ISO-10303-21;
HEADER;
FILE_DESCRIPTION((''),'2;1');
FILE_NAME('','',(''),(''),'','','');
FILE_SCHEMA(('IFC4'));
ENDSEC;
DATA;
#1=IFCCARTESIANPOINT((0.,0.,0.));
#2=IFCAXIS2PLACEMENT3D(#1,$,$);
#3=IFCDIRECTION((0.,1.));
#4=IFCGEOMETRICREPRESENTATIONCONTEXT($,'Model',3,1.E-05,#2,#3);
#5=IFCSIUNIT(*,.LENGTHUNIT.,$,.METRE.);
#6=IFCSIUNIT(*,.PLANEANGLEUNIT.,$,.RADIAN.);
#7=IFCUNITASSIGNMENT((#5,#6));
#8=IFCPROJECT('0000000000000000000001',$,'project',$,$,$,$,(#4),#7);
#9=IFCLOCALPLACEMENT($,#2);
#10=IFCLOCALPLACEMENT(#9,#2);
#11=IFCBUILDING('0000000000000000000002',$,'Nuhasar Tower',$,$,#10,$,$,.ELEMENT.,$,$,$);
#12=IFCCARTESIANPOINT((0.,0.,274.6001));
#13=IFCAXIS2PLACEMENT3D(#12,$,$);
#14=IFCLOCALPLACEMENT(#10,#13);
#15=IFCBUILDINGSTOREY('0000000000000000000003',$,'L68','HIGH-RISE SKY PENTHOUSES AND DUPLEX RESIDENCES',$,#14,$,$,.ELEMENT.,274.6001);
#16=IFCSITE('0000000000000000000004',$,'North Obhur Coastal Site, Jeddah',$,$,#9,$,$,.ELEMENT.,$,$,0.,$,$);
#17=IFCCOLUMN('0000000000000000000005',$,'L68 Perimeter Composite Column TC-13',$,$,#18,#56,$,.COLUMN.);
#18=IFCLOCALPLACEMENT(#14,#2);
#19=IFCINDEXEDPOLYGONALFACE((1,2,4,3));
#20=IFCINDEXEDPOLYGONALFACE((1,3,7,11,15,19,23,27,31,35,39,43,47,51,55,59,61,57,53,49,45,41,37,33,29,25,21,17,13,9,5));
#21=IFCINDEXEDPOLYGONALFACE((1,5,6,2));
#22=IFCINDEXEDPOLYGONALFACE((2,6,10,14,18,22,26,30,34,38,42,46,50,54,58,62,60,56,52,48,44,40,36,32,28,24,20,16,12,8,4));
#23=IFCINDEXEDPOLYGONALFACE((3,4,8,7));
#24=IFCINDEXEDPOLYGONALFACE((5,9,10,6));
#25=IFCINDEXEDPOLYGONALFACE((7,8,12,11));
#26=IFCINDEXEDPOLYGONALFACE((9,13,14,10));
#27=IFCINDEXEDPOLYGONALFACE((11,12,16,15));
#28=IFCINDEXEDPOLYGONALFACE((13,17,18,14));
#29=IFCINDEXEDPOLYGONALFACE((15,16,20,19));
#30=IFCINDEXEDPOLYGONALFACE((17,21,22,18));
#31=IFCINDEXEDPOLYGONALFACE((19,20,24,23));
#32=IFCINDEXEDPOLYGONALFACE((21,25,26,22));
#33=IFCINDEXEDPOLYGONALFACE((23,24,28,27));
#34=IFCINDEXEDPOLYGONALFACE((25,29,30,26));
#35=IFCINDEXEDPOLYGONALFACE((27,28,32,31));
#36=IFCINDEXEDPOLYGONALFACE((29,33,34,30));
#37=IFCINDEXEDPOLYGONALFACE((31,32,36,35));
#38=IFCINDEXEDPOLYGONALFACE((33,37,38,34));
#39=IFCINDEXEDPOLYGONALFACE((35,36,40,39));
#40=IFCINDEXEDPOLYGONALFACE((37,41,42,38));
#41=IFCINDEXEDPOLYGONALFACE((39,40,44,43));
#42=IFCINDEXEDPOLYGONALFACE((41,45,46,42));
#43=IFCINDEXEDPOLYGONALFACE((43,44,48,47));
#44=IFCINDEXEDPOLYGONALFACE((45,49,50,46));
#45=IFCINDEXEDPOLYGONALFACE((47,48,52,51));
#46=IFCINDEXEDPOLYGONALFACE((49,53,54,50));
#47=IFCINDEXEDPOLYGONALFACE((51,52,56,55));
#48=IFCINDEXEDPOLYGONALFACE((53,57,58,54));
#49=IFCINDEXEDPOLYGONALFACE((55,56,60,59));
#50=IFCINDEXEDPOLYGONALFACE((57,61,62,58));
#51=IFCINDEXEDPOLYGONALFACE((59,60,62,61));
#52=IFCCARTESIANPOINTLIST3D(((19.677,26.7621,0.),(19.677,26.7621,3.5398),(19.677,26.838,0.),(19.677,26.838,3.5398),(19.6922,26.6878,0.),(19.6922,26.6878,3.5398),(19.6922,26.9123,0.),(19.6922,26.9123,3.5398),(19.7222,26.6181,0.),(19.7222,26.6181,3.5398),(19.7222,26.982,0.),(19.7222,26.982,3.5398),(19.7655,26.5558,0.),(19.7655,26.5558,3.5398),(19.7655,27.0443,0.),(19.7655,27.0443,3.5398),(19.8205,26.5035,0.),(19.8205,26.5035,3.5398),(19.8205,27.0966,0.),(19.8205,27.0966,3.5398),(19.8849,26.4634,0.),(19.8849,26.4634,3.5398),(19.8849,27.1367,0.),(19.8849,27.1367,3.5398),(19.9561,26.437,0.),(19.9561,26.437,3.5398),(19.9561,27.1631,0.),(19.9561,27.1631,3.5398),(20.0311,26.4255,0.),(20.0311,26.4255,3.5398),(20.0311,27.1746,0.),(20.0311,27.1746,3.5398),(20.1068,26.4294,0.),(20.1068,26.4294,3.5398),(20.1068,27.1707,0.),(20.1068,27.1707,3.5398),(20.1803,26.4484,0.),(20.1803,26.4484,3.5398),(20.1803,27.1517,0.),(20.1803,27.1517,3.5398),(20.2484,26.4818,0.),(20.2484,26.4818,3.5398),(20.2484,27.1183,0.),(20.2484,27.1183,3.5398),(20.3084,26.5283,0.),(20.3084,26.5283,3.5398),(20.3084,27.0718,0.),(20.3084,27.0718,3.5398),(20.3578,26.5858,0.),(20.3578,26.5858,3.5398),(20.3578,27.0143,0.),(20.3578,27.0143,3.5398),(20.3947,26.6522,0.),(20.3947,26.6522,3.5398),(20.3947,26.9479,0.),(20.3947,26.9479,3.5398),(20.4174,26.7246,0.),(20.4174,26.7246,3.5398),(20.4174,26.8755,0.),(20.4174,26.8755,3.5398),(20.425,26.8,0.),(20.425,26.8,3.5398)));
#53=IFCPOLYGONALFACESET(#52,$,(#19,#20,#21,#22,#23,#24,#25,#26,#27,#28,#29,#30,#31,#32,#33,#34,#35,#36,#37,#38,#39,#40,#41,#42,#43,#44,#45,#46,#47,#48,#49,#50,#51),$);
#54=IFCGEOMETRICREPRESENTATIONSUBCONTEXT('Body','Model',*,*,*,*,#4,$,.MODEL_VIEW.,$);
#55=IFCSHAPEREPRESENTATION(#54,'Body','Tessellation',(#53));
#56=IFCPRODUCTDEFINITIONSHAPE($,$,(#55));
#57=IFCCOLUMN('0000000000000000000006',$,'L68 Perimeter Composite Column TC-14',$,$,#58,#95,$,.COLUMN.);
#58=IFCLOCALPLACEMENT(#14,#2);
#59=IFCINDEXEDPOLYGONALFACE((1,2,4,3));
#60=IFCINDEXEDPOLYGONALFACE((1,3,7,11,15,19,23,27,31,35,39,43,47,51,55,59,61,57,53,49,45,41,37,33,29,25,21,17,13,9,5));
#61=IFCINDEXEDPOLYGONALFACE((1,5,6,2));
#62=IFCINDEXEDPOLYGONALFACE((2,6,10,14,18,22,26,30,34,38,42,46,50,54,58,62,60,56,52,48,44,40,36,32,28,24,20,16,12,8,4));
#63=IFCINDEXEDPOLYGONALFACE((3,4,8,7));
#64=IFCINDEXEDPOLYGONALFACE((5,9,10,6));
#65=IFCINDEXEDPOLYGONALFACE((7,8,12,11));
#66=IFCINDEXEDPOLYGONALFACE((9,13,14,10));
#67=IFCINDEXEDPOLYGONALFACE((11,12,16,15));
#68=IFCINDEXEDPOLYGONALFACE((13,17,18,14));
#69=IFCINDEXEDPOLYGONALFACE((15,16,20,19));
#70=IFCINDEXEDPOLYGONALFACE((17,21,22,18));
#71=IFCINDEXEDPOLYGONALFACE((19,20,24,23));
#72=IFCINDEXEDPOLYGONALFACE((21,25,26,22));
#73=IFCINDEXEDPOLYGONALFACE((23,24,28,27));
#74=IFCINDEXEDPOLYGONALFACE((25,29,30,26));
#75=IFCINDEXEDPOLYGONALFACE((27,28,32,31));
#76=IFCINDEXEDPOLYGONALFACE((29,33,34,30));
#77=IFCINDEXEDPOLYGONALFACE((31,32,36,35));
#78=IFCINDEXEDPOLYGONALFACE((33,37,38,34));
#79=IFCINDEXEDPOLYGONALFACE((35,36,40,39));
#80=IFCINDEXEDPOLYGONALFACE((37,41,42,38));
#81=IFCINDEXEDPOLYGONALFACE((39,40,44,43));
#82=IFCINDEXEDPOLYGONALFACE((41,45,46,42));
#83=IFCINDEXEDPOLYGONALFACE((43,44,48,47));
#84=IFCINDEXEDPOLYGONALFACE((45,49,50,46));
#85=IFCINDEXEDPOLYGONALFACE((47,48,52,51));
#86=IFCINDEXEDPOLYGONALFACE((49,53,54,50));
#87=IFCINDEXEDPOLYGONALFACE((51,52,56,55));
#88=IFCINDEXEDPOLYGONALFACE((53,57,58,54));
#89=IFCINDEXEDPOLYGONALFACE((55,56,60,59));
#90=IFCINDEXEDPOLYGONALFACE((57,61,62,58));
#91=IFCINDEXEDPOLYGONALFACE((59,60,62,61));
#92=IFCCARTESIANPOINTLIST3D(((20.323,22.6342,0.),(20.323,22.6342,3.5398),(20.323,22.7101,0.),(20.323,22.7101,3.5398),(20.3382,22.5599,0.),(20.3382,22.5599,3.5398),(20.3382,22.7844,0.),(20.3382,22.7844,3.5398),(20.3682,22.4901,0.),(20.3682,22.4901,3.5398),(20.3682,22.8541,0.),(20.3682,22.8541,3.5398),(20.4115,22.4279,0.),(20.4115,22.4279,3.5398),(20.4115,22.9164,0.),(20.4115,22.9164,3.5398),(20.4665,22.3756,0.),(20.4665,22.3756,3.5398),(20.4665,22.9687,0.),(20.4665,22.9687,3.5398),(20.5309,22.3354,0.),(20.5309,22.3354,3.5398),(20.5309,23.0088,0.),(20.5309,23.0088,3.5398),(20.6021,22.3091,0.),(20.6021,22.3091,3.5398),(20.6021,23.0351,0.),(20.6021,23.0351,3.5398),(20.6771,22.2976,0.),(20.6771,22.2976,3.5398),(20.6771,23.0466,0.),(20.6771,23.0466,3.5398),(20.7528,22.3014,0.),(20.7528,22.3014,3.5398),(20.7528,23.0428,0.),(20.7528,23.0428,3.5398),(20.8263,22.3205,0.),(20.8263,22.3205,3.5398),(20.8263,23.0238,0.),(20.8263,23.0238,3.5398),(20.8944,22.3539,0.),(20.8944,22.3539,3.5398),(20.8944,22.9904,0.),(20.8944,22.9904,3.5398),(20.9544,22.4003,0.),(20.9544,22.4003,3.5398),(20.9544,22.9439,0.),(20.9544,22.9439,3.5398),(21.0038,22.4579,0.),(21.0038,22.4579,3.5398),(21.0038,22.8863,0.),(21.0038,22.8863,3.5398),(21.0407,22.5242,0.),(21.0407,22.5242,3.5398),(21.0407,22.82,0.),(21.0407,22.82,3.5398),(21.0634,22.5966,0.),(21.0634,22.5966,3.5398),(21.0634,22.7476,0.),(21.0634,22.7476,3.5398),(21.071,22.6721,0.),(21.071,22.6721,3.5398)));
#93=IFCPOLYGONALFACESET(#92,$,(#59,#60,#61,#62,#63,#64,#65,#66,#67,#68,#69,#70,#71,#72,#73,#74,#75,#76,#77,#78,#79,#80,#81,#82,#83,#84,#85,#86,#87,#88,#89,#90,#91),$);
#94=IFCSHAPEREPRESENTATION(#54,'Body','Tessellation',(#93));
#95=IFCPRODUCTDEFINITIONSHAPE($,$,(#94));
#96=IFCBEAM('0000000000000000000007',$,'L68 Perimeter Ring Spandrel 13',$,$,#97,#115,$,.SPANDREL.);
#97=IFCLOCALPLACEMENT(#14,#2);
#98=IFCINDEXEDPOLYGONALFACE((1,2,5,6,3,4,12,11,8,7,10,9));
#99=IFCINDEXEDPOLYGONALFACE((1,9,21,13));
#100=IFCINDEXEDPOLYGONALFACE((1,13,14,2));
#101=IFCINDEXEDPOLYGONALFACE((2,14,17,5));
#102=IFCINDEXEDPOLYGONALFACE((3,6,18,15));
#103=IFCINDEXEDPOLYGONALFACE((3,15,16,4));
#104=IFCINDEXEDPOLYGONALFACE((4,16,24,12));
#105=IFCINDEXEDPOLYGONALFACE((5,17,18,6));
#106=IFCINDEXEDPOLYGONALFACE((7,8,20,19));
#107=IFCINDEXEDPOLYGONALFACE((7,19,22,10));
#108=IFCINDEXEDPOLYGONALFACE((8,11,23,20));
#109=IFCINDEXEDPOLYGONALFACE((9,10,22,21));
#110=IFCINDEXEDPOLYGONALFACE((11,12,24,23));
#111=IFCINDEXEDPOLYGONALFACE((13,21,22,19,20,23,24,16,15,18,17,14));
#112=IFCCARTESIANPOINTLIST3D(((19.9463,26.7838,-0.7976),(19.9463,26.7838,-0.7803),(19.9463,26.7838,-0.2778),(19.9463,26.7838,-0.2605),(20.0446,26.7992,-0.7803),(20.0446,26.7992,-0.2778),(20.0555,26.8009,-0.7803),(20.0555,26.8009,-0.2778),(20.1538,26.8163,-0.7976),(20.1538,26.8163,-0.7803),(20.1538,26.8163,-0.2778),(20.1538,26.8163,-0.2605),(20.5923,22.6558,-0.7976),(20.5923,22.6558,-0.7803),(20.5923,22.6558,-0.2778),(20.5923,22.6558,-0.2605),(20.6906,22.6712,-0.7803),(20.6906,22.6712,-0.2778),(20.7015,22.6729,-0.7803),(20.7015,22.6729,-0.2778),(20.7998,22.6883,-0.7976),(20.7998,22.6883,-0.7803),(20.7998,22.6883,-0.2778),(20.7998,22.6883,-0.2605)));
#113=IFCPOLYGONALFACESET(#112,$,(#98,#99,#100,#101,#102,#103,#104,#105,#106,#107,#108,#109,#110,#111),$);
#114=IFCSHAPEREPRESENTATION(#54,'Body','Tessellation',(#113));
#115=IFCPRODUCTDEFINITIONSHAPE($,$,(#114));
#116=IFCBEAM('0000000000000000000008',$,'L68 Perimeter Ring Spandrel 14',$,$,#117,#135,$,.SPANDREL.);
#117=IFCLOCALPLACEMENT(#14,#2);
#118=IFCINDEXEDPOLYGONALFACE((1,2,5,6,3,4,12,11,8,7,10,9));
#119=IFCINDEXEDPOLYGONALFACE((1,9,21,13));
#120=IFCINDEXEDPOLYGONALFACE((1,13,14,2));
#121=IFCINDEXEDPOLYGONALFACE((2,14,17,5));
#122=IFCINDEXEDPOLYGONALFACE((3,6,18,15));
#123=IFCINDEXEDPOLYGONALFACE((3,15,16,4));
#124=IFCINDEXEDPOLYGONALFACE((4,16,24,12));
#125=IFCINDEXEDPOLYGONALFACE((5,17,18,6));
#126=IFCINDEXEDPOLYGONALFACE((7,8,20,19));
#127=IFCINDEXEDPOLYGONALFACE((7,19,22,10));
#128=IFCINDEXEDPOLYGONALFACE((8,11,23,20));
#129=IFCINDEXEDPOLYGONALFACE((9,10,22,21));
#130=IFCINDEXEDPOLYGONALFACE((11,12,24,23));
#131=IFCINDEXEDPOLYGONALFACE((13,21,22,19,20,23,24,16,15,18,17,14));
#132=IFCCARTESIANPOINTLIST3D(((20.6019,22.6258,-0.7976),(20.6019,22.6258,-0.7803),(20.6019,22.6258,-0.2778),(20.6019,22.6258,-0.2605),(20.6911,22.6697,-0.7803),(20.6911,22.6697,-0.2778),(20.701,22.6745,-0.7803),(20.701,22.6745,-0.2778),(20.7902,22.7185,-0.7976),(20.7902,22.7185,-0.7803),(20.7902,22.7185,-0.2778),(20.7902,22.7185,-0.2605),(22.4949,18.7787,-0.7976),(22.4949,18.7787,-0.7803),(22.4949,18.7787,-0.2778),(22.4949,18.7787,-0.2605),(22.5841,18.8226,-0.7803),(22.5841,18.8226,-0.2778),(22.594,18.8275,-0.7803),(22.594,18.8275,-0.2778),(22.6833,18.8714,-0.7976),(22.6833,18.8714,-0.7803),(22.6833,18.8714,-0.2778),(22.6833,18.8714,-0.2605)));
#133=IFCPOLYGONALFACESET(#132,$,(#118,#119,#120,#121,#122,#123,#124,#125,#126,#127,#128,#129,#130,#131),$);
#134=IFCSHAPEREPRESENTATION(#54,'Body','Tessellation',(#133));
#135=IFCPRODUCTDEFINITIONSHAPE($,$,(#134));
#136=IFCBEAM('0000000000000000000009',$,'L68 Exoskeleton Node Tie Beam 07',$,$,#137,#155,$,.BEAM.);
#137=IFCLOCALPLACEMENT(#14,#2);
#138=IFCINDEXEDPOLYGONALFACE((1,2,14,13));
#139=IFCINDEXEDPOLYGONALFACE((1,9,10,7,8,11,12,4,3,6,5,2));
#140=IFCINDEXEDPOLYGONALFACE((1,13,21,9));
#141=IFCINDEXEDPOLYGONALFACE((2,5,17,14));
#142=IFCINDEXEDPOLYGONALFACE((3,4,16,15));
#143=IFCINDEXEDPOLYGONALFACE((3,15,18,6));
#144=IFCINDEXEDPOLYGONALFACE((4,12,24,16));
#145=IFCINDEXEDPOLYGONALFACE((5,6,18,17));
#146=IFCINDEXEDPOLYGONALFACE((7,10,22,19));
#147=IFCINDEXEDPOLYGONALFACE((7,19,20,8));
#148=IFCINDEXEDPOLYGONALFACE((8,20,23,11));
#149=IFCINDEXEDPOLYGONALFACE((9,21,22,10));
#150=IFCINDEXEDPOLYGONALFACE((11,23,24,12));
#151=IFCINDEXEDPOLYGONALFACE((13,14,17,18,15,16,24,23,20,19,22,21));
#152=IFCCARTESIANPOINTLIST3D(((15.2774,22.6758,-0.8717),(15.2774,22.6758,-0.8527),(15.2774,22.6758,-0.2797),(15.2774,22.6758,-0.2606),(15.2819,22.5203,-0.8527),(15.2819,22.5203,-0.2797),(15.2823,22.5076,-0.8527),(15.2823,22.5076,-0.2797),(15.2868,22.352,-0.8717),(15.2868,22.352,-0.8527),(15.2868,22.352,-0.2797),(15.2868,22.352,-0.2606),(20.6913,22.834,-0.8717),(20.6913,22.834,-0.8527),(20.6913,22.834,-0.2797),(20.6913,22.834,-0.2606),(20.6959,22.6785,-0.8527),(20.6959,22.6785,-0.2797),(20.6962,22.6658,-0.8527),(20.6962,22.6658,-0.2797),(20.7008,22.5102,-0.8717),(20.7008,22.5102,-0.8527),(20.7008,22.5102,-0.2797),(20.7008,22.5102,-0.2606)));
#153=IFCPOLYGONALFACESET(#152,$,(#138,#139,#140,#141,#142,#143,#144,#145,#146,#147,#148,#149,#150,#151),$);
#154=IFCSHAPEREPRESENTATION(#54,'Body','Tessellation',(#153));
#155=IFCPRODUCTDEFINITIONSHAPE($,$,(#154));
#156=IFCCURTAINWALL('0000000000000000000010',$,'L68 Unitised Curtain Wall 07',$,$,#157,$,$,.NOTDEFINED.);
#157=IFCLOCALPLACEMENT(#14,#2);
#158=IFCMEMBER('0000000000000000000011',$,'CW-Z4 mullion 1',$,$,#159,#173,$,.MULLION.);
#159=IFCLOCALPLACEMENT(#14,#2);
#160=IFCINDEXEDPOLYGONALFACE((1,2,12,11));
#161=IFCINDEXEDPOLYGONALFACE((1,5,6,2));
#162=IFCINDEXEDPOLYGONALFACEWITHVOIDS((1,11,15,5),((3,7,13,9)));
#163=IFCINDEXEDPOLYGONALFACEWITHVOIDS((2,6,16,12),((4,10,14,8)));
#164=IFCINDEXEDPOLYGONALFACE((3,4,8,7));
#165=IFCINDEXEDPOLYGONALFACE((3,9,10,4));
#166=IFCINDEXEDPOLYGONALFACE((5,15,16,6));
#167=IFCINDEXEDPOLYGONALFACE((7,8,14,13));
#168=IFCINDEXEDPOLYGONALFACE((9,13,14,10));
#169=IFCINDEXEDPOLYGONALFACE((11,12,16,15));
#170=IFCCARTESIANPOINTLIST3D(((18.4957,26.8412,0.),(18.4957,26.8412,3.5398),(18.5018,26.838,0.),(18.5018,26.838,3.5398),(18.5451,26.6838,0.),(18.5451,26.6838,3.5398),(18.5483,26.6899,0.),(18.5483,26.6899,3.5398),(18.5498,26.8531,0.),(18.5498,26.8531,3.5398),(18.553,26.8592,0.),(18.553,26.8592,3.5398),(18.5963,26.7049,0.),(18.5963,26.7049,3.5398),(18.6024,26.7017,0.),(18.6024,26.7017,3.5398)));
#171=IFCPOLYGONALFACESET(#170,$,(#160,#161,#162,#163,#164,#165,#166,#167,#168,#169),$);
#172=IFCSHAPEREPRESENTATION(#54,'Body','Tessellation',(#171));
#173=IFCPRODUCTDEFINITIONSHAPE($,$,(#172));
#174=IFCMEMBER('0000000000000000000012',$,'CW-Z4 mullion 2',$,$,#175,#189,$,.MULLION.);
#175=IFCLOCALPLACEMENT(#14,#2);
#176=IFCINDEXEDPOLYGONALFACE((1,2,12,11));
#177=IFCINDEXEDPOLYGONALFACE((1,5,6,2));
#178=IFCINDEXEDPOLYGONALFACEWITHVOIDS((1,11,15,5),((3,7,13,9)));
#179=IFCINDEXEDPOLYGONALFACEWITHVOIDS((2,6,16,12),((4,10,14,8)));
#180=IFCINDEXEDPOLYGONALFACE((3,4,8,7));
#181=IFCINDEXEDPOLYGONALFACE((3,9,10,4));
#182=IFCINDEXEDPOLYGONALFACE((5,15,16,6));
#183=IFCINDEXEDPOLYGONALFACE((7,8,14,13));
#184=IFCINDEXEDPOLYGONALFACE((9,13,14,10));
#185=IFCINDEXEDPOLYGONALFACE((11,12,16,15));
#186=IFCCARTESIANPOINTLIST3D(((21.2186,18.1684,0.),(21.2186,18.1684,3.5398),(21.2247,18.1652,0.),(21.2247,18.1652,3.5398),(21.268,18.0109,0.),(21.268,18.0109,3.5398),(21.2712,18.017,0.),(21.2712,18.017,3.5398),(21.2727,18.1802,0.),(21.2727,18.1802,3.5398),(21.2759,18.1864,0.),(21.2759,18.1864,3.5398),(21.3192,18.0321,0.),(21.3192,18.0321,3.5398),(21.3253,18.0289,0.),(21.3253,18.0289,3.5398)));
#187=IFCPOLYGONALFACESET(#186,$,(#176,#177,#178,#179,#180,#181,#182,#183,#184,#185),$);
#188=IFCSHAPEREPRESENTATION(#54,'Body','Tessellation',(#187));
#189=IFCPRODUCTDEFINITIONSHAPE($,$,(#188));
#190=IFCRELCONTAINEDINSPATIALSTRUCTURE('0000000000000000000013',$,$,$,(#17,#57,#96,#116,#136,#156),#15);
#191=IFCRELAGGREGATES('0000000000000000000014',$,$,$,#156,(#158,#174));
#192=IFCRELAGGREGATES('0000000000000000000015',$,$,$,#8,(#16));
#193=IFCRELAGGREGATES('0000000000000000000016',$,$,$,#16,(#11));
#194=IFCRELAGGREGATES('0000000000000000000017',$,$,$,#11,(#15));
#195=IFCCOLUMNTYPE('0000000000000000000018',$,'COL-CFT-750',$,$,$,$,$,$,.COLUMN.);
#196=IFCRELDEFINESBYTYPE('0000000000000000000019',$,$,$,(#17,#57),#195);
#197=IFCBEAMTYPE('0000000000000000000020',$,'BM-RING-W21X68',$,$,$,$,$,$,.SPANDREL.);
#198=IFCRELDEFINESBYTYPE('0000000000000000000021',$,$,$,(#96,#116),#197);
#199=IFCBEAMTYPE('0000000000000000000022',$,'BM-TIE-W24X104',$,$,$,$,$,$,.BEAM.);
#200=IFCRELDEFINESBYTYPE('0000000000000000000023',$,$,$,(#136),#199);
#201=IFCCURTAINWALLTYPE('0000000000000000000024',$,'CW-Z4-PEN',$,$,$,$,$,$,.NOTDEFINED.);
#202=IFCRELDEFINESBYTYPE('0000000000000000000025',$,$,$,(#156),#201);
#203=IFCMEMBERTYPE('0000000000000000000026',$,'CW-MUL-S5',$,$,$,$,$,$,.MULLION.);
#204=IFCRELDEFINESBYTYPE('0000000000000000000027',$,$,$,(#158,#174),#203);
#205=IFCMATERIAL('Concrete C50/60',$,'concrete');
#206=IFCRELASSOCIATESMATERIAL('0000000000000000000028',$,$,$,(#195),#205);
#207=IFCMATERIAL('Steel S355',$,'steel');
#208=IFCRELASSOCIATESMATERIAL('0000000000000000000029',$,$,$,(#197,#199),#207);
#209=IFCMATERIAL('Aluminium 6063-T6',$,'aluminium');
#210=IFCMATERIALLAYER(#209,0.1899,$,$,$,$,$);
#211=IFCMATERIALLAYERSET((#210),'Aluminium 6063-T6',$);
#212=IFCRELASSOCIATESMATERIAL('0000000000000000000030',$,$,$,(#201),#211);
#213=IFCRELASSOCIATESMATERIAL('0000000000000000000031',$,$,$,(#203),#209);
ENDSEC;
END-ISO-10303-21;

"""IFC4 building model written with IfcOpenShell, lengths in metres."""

from ifc_helpers import new_model, si_unit, direction, frame, origin, origin_2d, place, context, subcontext, project, spatial, hollow_rectangle, circle, i_section, extrude, material, layer, layer_set, material_profile, profile_set, type_object, element, aggregate, save


model = new_model("IFC4")

# Units and contexts
model_context = context("Model", 3, precision=1e-05, world=origin(), true_north=direction((0.0, 1.0)))
body_context = subcontext(model_context, "Body", "Model", "MODEL_VIEW")
ifc_project = project(units=[si_unit("LENGTHUNIT", "METRE"), si_unit("PLANEANGLEUNIT", "RADIAN")], contexts=[model_context])

# Site, building, storey
site_placement = place(None, origin())
site = spatial("IfcSite", under=ifc_project, at=site_placement, Name="North Obhur Coastal Site, Jeddah", CompositionType="ELEMENT", RefElevation=0.0)
building_placement = place(site_placement, origin())
building = spatial("IfcBuilding", under=site, at=building_placement, Name="Nuhasar Tower", CompositionType="ELEMENT")
storey_placement = place(building_placement, frame((0.0, 0.0, 274.6001)))
storey = spatial("IfcBuildingStorey", under=building, at=storey_placement, Name="L68", Description="HIGH-RISE SKY PENTHOUSES AND DUPLEX RESIDENCES", CompositionType="ELEMENT", Elevation=274.6001)

# Columns
ifc_material_1 = material(Name="Concrete C50/60", Category="concrete")
ifc_material_profile_1 = material_profile(ifc_material_1, circle(Radius=0.375, at=origin_2d()), Name="CFT750")
ifc_profile_set_1 = profile_set([ifc_material_profile_1], Name="Concrete C50/60")
column_type = type_object("IfcColumnType", Name="COL-CFT-750", PredefinedType="COLUMN", material=ifc_profile_set_1)
for number, where, z_axis, x_axis, name in (
    (1, (20.05, 26.8, 0.0), (0.0, 0.0, 1.0), (1.0, 0.0, 0.0), "L68 Perimeter Composite Column TC-13"),
    (2, (20.696, 22.6721, 0.0), (0.0, 0.0, 1.0), (1.0, 0.0, 0.0), "L68 Perimeter Composite Column TC-14"),
):
    element("IfcColumn", number, at=place(storey_placement, frame(where, z_axis=z_axis, x_axis=x_axis)), inside=storey, type_object=column_type, Name=name, PredefinedType="COLUMN", context=body_context, shape_type="SweptSolid", body=[
        extrude(circle(Radius=0.375, at=origin_2d()), origin(), (0.0, 0.0, 1.0), 3.5398),
    ])

# Beams
ifc_material_2 = material(Name="Steel S355", Category="steel")
ifc_material_profile_2 = material_profile(ifc_material_2, i_section(OverallWidth=0.21, OverallDepth=0.5371, WebThickness=0.011, FlangeThickness=0.0173, at=origin_2d()), Name="W21X68")
ifc_profile_set_2 = profile_set([ifc_material_profile_2], Name="Steel S355")
beam_type_1 = type_object("IfcBeamType", Name="BM-RING-W21X68", PredefinedType="SPANDREL", material=ifc_profile_set_2)
beam_1_placement = place(storey_placement, frame((20.05, 26.8, -0.5291), z_axis=(0.154612, -0.987975, 0.0), x_axis=(0.987975, 0.154612, 0.0)))
element("IfcBeam", 3, at=beam_1_placement, inside=storey, type_object=beam_type_1, Name="L68 Perimeter Ring Spandrel 13", PredefinedType="SPANDREL", context=body_context, shape_type="SweptSolid", body=[
    extrude(i_section(OverallWidth=0.21, OverallDepth=0.5371, WebThickness=0.011, FlangeThickness=0.0173, at=origin_2d()), origin(), (0.0, 0.0, 1.0), 4.1782),
])
beam_2_placement = place(storey_placement, frame((20.696, 22.6721, -0.5291), z_axis=(0.441511, -0.897256, 0.0), x_axis=(0.897256, 0.441511, 0.0)))
element("IfcBeam", 4, at=beam_2_placement, inside=storey, type_object=beam_type_1, Name="L68 Perimeter Ring Spandrel 14", PredefinedType="SPANDREL", context=body_context, shape_type="SweptSolid", body=[
    extrude(i_section(OverallWidth=0.21, OverallDepth=0.5371, WebThickness=0.011, FlangeThickness=0.0173, at=origin_2d()), origin(), (0.0, 0.0, 1.0), 4.2876),
])
ifc_material_profile_3 = material_profile(ifc_material_2, i_section(OverallWidth=0.324, OverallDepth=0.6111, WebThickness=0.0127, FlangeThickness=0.019, at=origin_2d()), Name="W24X104")
ifc_profile_set_3 = profile_set([ifc_material_profile_3], Name="Steel S355")
beam_type_2 = type_object("IfcBeamType", Name="BM-TIE-W24X104", PredefinedType="BEAM", material=ifc_profile_set_3)
beam_3_placement = place(storey_placement, frame((20.696, 22.6721, -0.5662), z_axis=(-0.999573, -0.029208, 0.0), x_axis=(0.029208, -0.999573, 0.0)))
element("IfcBeam", 5, at=beam_3_placement, inside=storey, type_object=beam_type_2, Name="L68 Exoskeleton Node Tie Beam 07", PredefinedType="BEAM", context=body_context, shape_type="SweptSolid", body=[
    extrude(i_section(OverallWidth=0.324, OverallDepth=0.6111, WebThickness=0.0127, FlangeThickness=0.019, at=origin_2d()), origin(), (0.0, 0.0, 1.0), 5.4163),
])

# Curtain wall, members
ifc_material_3 = material(Name="Aluminium 6063-T6", Category="aluminium")
ifc_layer_1 = layer(ifc_material_3, 0.1899)
ifc_layer_set_1 = layer_set([ifc_layer_1], Name="Aluminium 6063-T6")
curtain_wall_type = type_object("IfcCurtainWallType", Name="CW-Z4-PEN", PredefinedType="NOTDEFINED", material=ifc_layer_set_1)
curtain_wall_1_placement = place(storey_placement, origin())
curtain_wall_1 = element("IfcCurtainWall", 6, at=curtain_wall_1_placement, inside=storey, type_object=curtain_wall_type, Name="L68 Unitised Curtain Wall 07", PredefinedType="NOTDEFINED")
ifc_material_profile_4 = material_profile(ifc_material_3, hollow_rectangle(XDim=0.0601, YDim=0.165, WallThickness=0.0049, at=origin_2d()), Name="CWM-5")
ifc_profile_set_4 = profile_set([ifc_material_profile_4], Name="Aluminium 6063-T6")
member_type_1 = type_object("IfcMemberType", Name="CW-MUL-S5", PredefinedType="MULLION", material=ifc_profile_set_4)
member_1_placement = place(storey_placement, frame((18.5491, 26.7715, 0.0), z_axis=(0.0, 0.0, 1.0), x_axis=(0.954079, 0.299557, 0.0)))
member_1 = element("IfcMember", 7, at=member_1_placement, type_object=member_type_1, Name="CW-Z4 mullion 1", PredefinedType="MULLION", context=body_context, shape_type="SweptSolid", body=[
    extrude(hollow_rectangle(XDim=0.0601, YDim=0.165, WallThickness=0.0049, at=origin_2d()), origin(), (0.0, 0.0, 1.0), 3.5398),
])
member_2_placement = place(storey_placement, frame((21.272, 18.0986, 0.0), z_axis=(0.0, 0.0, 1.0), x_axis=(0.954079, 0.299557, 0.0)))
member_2 = element("IfcMember", 8, at=member_2_placement, type_object=member_type_1, Name="CW-Z4 mullion 2", PredefinedType="MULLION", context=body_context, shape_type="SweptSolid", body=[
    extrude(hollow_rectangle(XDim=0.0601, YDim=0.165, WallThickness=0.0049, at=origin_2d()), origin(), (0.0, 0.0, 1.0), 3.5398),
])

aggregate(curtain_wall_1, [member_1, member_2])

save(model, "model.ifc")
